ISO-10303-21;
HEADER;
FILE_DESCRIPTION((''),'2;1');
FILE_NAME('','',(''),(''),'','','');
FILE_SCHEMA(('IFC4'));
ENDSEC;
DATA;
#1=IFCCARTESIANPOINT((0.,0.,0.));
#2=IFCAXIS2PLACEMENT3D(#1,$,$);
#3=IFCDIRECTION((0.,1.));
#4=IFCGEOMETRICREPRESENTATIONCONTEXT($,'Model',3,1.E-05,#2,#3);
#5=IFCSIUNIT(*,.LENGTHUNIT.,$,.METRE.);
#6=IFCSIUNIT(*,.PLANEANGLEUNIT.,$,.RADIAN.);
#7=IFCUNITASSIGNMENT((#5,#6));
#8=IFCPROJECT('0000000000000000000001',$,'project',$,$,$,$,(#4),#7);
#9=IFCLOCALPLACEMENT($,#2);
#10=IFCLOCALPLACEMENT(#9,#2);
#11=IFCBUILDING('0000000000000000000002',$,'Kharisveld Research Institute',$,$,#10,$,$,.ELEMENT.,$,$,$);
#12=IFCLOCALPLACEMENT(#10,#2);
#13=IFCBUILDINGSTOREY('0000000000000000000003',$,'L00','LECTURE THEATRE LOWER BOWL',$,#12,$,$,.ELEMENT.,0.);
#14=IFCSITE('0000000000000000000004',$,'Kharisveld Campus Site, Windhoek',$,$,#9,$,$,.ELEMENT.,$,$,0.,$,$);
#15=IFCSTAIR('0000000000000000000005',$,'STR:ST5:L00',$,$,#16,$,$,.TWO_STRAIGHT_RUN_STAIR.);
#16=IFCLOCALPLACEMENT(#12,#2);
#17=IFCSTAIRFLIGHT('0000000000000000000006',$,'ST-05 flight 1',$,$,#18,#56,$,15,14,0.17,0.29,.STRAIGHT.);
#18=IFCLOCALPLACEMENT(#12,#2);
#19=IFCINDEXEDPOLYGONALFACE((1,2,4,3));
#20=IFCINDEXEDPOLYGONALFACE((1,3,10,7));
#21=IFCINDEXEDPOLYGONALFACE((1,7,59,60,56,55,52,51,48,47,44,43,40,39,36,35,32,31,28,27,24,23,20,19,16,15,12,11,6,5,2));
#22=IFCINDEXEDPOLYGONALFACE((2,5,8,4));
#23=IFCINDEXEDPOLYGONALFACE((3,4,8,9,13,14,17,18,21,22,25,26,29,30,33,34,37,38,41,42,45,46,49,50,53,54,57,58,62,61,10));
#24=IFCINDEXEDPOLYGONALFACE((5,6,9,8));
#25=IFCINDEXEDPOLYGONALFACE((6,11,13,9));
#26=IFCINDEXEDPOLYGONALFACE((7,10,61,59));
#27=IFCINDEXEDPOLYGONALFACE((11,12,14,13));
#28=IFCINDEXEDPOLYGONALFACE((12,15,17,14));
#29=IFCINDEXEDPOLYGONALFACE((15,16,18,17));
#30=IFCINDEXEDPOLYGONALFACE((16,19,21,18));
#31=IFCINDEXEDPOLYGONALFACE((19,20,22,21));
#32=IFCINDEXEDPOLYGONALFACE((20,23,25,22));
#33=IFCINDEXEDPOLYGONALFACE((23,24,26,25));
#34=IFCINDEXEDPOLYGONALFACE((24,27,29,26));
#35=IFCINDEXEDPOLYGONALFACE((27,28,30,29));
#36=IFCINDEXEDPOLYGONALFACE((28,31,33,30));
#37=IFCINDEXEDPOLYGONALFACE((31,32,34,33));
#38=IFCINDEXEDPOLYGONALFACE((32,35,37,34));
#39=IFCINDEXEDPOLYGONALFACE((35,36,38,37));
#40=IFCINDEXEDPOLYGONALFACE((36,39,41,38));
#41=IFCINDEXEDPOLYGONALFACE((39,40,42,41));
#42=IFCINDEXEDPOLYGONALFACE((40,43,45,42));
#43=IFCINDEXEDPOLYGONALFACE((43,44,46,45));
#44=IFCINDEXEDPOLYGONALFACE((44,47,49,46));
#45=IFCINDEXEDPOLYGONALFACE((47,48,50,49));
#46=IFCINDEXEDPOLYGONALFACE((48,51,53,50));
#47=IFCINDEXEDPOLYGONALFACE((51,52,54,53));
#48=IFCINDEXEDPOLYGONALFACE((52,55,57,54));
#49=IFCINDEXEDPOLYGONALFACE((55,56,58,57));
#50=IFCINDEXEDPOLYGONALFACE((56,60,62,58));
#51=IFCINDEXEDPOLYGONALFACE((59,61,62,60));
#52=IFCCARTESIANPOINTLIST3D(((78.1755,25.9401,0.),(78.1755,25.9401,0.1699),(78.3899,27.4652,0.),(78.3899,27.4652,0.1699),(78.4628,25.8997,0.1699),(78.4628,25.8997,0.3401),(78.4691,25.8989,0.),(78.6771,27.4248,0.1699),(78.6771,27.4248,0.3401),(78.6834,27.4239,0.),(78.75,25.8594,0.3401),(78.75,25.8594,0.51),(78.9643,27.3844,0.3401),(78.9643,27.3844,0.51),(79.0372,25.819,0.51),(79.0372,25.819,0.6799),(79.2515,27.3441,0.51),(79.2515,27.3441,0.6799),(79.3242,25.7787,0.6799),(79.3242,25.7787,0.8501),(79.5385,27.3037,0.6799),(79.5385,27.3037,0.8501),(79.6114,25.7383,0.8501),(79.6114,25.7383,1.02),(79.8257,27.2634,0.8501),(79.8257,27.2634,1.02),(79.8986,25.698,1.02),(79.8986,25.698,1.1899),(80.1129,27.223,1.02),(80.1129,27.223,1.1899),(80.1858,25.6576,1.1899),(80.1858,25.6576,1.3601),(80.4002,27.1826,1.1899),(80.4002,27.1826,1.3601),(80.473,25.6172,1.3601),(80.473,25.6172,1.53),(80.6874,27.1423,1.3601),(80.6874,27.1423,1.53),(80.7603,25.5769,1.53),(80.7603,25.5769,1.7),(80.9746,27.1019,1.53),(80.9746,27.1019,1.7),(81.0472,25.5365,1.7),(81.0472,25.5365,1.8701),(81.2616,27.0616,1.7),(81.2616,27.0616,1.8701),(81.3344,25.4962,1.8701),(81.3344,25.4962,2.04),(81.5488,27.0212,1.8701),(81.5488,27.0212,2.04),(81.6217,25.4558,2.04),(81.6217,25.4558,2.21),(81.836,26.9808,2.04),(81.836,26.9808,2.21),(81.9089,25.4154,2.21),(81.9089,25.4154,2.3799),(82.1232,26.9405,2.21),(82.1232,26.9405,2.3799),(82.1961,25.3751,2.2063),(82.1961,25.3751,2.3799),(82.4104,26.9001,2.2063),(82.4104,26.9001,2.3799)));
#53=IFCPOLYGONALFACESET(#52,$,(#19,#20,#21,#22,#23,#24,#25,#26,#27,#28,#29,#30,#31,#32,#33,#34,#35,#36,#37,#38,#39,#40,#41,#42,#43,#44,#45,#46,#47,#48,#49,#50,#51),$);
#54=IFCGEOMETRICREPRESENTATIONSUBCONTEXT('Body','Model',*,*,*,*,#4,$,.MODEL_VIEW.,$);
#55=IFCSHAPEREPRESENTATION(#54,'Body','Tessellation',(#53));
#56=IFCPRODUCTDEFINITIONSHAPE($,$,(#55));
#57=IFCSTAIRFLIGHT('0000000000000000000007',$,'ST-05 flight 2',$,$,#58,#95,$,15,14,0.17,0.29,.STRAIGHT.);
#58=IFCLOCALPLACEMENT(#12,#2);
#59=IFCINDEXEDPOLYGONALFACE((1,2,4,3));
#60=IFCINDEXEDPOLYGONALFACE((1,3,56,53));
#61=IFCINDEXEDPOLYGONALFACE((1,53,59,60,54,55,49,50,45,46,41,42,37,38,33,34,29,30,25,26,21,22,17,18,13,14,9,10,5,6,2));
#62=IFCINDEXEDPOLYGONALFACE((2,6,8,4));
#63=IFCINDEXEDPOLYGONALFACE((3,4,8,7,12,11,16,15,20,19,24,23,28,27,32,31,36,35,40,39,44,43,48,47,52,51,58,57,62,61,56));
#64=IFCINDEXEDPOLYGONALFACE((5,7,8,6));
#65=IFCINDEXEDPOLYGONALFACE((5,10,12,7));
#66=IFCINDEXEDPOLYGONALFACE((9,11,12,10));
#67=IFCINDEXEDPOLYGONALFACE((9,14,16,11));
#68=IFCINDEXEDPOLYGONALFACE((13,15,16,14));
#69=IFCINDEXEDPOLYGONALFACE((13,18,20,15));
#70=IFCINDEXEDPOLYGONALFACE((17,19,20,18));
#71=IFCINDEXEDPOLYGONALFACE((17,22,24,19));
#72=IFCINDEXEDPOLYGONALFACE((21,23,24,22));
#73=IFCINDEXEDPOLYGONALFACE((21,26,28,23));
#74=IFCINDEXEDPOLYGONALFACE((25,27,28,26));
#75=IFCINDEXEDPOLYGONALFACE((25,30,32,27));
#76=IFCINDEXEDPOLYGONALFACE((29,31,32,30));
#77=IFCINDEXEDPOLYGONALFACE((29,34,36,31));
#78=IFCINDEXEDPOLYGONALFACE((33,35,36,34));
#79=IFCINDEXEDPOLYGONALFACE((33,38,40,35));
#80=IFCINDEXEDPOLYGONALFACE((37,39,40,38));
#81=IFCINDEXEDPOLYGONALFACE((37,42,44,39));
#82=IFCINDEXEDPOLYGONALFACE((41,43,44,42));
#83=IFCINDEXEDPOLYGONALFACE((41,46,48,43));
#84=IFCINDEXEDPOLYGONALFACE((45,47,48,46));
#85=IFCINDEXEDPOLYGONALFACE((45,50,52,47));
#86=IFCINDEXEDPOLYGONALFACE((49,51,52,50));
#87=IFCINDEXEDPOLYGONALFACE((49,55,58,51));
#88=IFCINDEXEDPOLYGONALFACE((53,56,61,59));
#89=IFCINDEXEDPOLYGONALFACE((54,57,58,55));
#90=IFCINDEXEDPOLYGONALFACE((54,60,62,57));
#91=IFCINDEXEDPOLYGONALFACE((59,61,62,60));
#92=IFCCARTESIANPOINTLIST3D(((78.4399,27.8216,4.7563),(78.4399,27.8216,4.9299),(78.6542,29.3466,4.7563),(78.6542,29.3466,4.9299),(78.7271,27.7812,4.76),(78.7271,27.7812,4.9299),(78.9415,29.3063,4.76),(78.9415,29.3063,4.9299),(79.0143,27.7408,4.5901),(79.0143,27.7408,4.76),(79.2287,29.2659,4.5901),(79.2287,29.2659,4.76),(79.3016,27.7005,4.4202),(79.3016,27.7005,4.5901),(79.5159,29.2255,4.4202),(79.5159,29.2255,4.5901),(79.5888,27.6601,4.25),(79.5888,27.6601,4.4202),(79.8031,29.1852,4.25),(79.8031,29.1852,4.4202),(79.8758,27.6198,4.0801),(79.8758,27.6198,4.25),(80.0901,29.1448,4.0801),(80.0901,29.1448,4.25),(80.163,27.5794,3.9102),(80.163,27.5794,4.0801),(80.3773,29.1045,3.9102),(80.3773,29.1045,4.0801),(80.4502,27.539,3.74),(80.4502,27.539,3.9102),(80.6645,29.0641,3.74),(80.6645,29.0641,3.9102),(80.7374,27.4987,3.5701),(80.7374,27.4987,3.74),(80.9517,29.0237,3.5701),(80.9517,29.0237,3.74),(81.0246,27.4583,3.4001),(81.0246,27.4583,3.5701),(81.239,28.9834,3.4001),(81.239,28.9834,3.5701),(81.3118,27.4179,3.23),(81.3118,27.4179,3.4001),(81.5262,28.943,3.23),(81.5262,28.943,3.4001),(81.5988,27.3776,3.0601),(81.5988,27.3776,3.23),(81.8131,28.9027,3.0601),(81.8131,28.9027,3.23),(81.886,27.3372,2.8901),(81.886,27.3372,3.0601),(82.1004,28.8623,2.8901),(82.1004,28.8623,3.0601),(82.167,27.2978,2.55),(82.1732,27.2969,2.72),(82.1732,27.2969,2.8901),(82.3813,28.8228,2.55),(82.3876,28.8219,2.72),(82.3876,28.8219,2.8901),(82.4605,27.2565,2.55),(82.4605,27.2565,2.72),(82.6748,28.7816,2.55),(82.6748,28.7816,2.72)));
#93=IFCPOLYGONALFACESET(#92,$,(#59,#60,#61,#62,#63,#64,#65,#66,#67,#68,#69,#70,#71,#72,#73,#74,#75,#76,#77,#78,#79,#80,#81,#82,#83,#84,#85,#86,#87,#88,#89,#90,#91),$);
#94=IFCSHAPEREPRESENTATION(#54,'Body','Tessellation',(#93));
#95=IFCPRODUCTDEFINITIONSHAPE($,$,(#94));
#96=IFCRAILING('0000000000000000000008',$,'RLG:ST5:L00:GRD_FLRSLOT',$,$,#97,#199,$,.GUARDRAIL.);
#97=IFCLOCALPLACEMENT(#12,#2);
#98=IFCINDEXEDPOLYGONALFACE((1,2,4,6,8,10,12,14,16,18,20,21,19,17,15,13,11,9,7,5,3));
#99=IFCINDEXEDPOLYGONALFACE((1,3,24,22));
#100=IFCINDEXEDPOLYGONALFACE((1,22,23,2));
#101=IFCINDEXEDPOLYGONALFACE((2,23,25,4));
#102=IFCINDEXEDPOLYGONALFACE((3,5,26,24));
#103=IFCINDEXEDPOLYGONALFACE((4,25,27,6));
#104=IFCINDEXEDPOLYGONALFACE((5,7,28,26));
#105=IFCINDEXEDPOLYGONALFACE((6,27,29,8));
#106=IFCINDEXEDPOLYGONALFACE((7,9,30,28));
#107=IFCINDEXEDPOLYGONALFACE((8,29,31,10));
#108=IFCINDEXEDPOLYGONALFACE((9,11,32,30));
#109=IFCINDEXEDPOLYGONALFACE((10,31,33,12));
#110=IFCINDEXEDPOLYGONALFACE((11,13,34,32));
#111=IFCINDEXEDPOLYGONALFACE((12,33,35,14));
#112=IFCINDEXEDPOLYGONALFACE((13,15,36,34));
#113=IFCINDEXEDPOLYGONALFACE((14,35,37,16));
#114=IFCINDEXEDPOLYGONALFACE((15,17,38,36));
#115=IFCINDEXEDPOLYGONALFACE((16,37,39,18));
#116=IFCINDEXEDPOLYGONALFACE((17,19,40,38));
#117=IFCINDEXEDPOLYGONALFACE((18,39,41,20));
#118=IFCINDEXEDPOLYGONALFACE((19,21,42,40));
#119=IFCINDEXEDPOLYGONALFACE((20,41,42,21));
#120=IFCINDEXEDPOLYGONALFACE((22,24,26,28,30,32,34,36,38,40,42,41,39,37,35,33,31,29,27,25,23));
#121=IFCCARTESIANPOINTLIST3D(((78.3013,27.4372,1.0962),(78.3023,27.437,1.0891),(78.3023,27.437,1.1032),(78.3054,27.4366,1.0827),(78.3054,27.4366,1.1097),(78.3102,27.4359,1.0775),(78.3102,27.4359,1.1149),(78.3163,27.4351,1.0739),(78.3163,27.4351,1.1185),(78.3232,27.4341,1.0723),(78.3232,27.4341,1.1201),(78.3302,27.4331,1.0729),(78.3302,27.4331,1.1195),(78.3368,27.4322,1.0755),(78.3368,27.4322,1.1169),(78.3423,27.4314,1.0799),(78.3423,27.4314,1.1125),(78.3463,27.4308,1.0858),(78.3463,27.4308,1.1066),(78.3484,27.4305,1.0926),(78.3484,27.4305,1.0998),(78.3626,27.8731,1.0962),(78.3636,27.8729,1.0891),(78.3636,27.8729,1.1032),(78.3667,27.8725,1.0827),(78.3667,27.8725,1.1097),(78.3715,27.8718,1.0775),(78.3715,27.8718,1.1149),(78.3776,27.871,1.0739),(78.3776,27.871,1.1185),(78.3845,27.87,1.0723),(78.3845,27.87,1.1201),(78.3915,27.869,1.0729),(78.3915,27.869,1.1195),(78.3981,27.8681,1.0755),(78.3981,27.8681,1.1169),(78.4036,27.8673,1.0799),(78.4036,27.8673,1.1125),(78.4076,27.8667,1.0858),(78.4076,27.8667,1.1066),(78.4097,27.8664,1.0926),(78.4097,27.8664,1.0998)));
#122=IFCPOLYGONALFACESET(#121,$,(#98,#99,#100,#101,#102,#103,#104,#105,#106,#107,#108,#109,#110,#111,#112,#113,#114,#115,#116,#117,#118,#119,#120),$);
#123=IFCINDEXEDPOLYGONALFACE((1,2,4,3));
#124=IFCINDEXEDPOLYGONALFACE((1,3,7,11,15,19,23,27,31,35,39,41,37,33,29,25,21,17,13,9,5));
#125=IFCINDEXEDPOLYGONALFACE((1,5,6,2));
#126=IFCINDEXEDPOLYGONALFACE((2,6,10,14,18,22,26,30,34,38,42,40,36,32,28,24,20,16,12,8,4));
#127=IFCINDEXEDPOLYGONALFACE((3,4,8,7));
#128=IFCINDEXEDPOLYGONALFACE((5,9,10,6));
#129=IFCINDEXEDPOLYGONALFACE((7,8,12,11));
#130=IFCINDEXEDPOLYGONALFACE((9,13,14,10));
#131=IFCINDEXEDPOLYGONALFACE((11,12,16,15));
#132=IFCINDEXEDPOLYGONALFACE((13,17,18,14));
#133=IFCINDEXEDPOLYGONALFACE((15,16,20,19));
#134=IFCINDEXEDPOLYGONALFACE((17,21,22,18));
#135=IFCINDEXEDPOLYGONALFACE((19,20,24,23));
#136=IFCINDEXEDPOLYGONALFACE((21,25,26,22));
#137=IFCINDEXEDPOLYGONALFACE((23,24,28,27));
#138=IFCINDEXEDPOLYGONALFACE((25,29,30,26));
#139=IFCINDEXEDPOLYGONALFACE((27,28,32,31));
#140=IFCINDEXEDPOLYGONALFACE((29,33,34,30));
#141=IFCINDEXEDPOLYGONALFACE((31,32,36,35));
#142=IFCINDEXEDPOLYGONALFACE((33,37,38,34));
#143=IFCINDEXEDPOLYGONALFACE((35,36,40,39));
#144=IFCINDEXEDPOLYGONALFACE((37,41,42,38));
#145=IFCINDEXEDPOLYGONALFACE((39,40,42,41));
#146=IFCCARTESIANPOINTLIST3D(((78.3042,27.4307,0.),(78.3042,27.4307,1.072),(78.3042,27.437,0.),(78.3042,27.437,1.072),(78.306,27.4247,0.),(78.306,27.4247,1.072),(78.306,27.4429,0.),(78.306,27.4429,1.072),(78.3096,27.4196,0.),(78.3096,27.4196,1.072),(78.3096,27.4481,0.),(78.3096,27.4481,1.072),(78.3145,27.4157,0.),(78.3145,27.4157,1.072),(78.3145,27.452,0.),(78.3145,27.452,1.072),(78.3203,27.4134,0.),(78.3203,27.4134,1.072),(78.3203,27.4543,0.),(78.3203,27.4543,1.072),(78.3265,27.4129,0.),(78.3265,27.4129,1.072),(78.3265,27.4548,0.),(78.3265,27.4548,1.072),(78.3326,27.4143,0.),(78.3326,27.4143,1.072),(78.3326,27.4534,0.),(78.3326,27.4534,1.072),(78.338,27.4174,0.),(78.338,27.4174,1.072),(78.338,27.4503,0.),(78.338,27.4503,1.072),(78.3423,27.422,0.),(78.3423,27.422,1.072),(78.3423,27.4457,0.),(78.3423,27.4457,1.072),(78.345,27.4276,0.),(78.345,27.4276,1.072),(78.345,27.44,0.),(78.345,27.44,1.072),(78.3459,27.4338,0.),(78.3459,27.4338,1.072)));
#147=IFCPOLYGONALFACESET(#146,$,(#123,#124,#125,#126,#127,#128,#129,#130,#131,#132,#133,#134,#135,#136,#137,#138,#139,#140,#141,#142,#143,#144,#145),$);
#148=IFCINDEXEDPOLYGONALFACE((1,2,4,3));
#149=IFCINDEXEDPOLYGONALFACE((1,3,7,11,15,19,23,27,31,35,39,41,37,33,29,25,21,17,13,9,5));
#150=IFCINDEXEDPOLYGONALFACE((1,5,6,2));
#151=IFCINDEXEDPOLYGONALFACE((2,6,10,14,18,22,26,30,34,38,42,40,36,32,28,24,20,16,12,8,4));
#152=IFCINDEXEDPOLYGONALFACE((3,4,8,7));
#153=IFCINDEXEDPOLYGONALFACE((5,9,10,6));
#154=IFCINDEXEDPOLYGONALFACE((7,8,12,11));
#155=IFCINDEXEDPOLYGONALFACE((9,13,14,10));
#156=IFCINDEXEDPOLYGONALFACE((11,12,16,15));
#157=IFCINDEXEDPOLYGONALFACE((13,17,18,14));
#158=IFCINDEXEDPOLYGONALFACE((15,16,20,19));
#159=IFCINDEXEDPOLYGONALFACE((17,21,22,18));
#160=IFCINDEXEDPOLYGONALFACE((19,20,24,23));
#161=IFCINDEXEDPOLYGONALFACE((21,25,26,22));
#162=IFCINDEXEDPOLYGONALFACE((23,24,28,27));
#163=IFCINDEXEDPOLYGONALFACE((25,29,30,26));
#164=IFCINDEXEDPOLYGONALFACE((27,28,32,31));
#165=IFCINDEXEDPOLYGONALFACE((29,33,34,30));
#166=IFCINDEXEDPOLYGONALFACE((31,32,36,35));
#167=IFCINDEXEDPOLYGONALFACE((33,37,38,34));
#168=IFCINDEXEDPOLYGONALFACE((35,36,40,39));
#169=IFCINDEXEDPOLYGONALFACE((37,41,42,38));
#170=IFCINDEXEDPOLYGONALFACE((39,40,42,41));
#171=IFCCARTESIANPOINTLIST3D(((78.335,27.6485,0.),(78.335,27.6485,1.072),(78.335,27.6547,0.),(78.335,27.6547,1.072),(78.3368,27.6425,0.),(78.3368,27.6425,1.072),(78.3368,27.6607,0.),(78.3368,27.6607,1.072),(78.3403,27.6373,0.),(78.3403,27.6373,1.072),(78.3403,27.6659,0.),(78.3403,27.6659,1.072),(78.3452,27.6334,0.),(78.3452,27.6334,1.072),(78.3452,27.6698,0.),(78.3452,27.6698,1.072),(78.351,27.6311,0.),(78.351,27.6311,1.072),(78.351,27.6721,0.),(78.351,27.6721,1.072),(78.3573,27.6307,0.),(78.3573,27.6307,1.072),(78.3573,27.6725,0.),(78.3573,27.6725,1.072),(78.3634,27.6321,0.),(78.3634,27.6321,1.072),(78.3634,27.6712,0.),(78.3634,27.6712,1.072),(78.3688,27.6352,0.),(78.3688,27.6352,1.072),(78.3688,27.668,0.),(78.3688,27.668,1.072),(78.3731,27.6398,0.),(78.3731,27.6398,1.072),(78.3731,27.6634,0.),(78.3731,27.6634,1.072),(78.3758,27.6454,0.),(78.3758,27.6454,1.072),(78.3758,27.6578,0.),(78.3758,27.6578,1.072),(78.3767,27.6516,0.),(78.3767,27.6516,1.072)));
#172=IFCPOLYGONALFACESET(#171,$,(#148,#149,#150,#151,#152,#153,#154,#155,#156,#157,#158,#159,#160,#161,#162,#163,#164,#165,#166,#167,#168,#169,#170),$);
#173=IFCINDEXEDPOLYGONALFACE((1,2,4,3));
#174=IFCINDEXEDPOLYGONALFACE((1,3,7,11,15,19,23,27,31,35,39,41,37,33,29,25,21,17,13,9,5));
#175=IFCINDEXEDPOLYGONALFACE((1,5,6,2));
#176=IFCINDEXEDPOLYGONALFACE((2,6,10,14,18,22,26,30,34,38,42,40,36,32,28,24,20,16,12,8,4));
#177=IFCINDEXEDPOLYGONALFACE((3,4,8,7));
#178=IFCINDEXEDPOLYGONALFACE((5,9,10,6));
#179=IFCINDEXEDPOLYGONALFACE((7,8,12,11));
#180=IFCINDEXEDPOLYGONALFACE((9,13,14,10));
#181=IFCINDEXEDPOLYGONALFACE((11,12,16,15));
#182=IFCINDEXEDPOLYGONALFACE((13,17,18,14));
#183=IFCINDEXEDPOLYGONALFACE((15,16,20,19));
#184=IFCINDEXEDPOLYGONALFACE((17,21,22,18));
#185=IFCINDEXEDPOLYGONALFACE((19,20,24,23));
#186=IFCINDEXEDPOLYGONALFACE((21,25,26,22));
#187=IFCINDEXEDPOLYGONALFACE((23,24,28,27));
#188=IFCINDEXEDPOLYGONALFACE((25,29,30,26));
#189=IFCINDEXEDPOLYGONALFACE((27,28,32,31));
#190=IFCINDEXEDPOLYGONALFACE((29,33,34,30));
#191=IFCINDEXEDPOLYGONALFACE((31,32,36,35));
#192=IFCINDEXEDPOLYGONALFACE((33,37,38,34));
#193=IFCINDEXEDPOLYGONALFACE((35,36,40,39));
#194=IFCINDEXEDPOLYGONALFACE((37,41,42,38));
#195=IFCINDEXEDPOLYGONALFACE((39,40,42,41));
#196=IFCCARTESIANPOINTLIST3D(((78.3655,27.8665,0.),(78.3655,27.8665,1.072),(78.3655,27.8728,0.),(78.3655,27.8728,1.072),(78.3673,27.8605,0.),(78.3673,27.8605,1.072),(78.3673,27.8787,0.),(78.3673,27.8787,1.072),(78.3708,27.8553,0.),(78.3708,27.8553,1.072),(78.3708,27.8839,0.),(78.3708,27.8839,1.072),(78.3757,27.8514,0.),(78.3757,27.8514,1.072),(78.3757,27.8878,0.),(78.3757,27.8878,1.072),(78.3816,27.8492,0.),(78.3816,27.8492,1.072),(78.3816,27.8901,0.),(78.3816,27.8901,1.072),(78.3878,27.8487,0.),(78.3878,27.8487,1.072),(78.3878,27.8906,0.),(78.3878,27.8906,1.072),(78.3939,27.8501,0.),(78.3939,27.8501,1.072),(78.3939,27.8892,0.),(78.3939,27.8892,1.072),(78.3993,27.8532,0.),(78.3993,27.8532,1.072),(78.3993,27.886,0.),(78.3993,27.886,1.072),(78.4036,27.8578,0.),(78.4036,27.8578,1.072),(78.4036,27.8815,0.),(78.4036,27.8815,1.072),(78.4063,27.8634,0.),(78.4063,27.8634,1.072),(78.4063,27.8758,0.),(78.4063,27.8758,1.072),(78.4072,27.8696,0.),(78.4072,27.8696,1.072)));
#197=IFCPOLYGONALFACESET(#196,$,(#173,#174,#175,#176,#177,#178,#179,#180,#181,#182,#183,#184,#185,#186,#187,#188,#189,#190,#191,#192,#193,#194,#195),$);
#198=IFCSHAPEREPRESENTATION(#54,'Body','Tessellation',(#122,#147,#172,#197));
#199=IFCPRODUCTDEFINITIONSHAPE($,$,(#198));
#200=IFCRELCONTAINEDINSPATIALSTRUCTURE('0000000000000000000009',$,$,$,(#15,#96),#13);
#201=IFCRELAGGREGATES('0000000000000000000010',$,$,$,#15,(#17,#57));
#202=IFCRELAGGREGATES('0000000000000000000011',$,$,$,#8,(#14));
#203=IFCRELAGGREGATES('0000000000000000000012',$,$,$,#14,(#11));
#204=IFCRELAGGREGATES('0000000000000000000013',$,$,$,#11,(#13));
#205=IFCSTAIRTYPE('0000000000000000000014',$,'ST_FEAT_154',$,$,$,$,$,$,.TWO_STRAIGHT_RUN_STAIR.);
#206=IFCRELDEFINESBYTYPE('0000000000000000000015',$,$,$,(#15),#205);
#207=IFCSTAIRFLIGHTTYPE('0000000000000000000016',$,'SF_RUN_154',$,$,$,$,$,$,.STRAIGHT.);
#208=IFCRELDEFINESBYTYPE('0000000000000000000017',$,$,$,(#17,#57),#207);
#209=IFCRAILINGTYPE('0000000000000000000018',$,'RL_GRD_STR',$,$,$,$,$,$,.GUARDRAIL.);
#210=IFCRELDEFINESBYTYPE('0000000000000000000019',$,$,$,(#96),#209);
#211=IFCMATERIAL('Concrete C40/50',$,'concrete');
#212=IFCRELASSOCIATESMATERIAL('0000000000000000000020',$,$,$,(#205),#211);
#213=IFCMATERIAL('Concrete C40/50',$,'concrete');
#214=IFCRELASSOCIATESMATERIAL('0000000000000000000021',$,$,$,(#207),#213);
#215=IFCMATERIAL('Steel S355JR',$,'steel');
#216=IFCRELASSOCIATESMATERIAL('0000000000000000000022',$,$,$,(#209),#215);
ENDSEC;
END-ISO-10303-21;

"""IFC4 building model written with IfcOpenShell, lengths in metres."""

from ifc_helpers import new_model, si_unit, direction, frame, origin, origin_2d, place, context, subcontext, project, spatial, polyline, circle, outline, extrude, material, type_object, element, aggregate, save


model = new_model("IFC4")

# Units and contexts
model_context = context("Model", 3, precision=1e-05, world=origin(), true_north=direction((0.0, 1.0)))
body_context = subcontext(model_context, "Body", "Model", "MODEL_VIEW")
ifc_project = project(units=[si_unit("LENGTHUNIT", "METRE"), si_unit("PLANEANGLEUNIT", "RADIAN")], contexts=[model_context])

# Site, building, storey
site_placement = place(None, origin())
site = spatial("IfcSite", under=ifc_project, at=site_placement, Name="Kharisveld Campus Site, Windhoek", CompositionType="ELEMENT", RefElevation=0.0)
building_placement = place(site_placement, origin())
building = spatial("IfcBuilding", under=site, at=building_placement, Name="Kharisveld Research Institute", CompositionType="ELEMENT")
storey_placement = place(building_placement, origin())
storey = spatial("IfcBuildingStorey", under=building, at=storey_placement, Name="L00", Description="LECTURE THEATRE LOWER BOWL", CompositionType="ELEMENT", Elevation=0.0)

# Stair, stair flights
ifc_material_1 = material(Name="Concrete C40/50", Category="concrete")
stair_type = type_object("IfcStairType", Name="ST_FEAT_154", PredefinedType="TWO_STRAIGHT_RUN_STAIR", material=ifc_material_1)
stair_placement = place(storey_placement, origin())
stair = element("IfcStair", 1, at=stair_placement, inside=storey, type_object=stair_type, Name="STR:ST5:L00", PredefinedType="TWO_STRAIGHT_RUN_STAIR")
ifc_material_2 = material(Name="Concrete C40/50", Category="concrete")
stair_flight_type = type_object("IfcStairFlightType", Name="SF_RUN_154", PredefinedType="STRAIGHT", material=ifc_material_2)
stair_flight_1_placement = place(storey_placement, frame((78.2827, 26.7026, 0.0), z_axis=(0.0, 0.0, 1.0), x_axis=(0.990268, -0.139173, 0.0)))
stair_flight_1 = element("IfcStairFlight", 2, at=stair_flight_1_placement, type_object=stair_flight_type, Name="ST-05 flight 1", NumberOfRisers=15, NumberOfTreads=14, PredefinedType="STRAIGHT", RiserHeight=0.17, TreadLength=0.29, context=body_context, shape_type="SweptSolid", body=[
    extrude(outline(polyline([(0.0, 0.0), (0.0, 0.1699), (0.29, 0.1699), (0.29, 0.3401), (0.5801, 0.3401), (0.5801, 0.51), (0.8701, 0.51), (0.8701, 0.6799), (1.1599, 0.6799), (1.1599, 0.8501), (1.45, 0.8501), (1.45, 1.02), (1.74, 1.02), (1.74, 1.1899), (2.03, 1.1899), (2.03, 1.3601), (2.3201, 1.3601), (2.3201, 1.53), (2.6101, 1.53), (2.6101, 1.7), (2.8999, 1.7), (2.8999, 1.8701), (3.1899, 1.8701), (3.1899, 2.04), (3.48, 2.04), (3.48, 2.21), (3.77, 2.21), (3.77, 2.3799), (4.0601, 2.3799), (4.0601, 2.55), (4.0601, 2.2063), (0.2964, 0.0), (0.0, 0.0)])), frame((0.0, 0.77, 0.0), z_axis=(0.0, -1.0, 0.0), x_axis=(1.0, 0.0, 0.0)), (0.0, 0.0, 1.0), 1.54),
])
stair_flight_2_placement = place(storey_placement, frame((82.5676, 28.019, 2.55), z_axis=(0.0, 0.0, 1.0), x_axis=(-0.990268, 0.139173, 0.0)))
stair_flight_2 = element("IfcStairFlight", 3, at=stair_flight_2_placement, type_object=stair_flight_type, Name="ST-05 flight 2", NumberOfRisers=15, NumberOfTreads=14, PredefinedType="STRAIGHT", RiserHeight=0.17, TreadLength=0.29, context=body_context, shape_type="SweptSolid", body=[
    extrude(outline(polyline([(0.0, 0.0), (0.0, 0.1699), (0.29, 0.1699), (0.29, 0.3401), (0.5801, 0.3401), (0.5801, 0.51), (0.8701, 0.51), (0.8701, 0.6799), (1.1599, 0.6799), (1.1599, 0.8501), (1.45, 0.8501), (1.45, 1.02), (1.74, 1.02), (1.74, 1.1899), (2.03, 1.1899), (2.03, 1.3601), (2.3201, 1.3601), (2.3201, 1.53), (2.6101, 1.53), (2.6101, 1.7), (2.8999, 1.7), (2.8999, 1.8701), (3.1899, 1.8701), (3.1899, 2.04), (3.48, 2.04), (3.48, 2.21), (3.77, 2.21), (3.77, 2.3799), (4.0601, 2.3799), (4.0601, 2.55), (4.0601, 2.2063), (0.2964, 0.0), (0.0, 0.0)])), frame((0.0, 0.77, 0.0), z_axis=(0.0, -1.0, 0.0), x_axis=(1.0, 0.0, 0.0)), (0.0, 0.0, 1.0), 1.54),
])
aggregate(stair, [stair_flight_1, stair_flight_2])

# Railing
ifc_material_3 = material(Name="Steel S355JR", Category="steel")
railing_type_1 = type_object("IfcRailingType", Name="RL_GRD_STR", PredefinedType="GUARDRAIL", material=ifc_material_3)
railing_1_placement = place(storey_placement, frame((78.325, 27.4338, 0.0)))
element("IfcRailing", 4, at=railing_1_placement, inside=storey, type_object=railing_type_1, Name="RLG:ST5:L00:GRD_FLRSLOT", PredefinedType="GUARDRAIL", context=body_context, shape_type="SweptSolid", body=[
    extrude(circle(Radius=0.0239, at=origin_2d()), frame((0.0, 0.0, 1.0962), z_axis=(0.139246, 0.990258, 0.0), x_axis=(-0.990258, 0.139246, 0.0)), (0.0, 0.0, 1.0), 0.4402),
    extrude(circle(Radius=0.021, at=origin_2d()), origin(), (0.0, 0.0, 1.0), 1.072),
    extrude(circle(Radius=0.021, at=origin_2d()), frame((0.0308, 0.2178, 0.0)), (0.0, 0.0, 1.0), 1.072),
    extrude(circle(Radius=0.021, at=origin_2d()), frame((0.0613, 0.4358, 0.0)), (0.0, 0.0, 1.0), 1.072),
])

save(model, "model.ifc")
